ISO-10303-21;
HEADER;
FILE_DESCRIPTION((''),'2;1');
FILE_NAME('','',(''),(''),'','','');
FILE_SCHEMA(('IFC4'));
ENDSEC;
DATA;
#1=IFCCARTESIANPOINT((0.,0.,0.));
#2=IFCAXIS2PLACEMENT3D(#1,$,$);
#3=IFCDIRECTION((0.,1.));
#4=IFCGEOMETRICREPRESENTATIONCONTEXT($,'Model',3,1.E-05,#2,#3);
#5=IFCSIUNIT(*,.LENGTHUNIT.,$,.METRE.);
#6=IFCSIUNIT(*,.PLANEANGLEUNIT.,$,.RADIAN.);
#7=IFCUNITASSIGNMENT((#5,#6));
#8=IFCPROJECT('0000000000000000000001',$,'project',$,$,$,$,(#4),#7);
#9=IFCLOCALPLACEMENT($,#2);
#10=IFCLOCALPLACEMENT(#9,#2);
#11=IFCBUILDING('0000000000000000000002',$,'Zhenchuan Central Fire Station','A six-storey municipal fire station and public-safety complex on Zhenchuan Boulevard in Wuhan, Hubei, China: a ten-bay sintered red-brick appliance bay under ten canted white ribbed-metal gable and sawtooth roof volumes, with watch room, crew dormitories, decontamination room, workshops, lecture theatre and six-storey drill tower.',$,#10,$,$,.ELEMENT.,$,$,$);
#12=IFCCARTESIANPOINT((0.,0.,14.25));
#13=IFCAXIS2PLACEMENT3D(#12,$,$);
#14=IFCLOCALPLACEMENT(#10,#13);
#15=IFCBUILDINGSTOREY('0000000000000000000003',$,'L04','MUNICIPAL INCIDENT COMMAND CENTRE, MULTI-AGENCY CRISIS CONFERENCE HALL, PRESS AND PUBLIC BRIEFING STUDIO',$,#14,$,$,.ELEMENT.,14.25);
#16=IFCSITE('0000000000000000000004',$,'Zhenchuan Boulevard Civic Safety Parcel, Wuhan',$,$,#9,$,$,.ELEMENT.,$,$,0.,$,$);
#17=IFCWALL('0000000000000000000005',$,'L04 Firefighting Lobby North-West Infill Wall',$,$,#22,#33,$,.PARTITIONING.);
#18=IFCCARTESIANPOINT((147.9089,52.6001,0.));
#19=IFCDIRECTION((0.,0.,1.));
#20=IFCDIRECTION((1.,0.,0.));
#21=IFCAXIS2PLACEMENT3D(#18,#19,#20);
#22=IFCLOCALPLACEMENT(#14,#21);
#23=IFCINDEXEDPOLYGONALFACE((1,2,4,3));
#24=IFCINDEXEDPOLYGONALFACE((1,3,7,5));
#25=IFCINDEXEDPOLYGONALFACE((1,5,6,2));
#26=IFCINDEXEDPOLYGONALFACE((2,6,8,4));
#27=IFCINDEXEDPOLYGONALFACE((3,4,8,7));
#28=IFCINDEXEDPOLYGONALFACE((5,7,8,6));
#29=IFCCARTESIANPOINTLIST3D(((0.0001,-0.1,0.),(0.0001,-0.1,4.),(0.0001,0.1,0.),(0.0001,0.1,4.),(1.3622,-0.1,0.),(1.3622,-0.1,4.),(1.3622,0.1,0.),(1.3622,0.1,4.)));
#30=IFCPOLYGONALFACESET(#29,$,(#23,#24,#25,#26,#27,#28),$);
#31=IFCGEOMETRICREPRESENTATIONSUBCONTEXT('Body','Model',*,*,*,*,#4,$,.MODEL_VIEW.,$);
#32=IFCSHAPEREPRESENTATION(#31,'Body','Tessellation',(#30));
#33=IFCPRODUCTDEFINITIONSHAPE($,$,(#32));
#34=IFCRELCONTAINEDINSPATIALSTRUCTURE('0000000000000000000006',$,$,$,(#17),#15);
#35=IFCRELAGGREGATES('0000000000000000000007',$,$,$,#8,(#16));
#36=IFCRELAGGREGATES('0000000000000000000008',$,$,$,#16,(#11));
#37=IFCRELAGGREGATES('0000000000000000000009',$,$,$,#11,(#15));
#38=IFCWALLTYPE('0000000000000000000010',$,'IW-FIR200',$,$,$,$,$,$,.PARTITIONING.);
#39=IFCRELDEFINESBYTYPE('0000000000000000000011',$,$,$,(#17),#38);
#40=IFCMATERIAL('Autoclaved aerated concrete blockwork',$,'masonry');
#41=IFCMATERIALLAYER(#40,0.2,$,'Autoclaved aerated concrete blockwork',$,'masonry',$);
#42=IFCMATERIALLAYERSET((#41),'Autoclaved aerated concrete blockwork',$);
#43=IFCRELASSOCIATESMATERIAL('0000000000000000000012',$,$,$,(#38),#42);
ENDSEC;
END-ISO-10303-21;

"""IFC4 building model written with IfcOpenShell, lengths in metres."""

from ifc_helpers import new_model, si_unit, direction, frame, frame_2d, origin, place, context, subcontext, project, spatial, rectangle, extrude, material, layer, layer_set, type_object, element, save


model = new_model("IFC4")

# Units and contexts
model_context = context("Model", 3, precision=1e-05, world=origin(), true_north=direction((0.0, 1.0)))
body_context = subcontext(model_context, "Body", "Model", "MODEL_VIEW")
ifc_project = project(units=[si_unit("LENGTHUNIT", "METRE"), si_unit("PLANEANGLEUNIT", "RADIAN")], contexts=[model_context])

# Site, building, storey
site_placement = place(None, origin())
site = spatial("IfcSite", under=ifc_project, at=site_placement, Name="Zhenchuan Boulevard Civic Safety Parcel, Wuhan", CompositionType="ELEMENT", RefElevation=0.0)
building_placement = place(site_placement, origin())
building = spatial("IfcBuilding", under=site, at=building_placement, Name="Zhenchuan Central Fire Station", Description="A six-storey municipal fire station and public-safety complex on Zhenchuan Boulevard in Wuhan, Hubei, China: a ten-bay sintered red-brick appliance bay under ten canted white ribbed-metal gable and sawtooth roof volumes, with watch room, crew dormitories, decontamination room, workshops, lecture theatre and six-storey drill tower.", CompositionType="ELEMENT")
storey_placement = place(building_placement, frame((0.0, 0.0, 14.25)))
storey = spatial("IfcBuildingStorey", under=building, at=storey_placement, Name="L04", Description="MUNICIPAL INCIDENT COMMAND CENTRE, MULTI-AGENCY CRISIS CONFERENCE HALL, PRESS AND PUBLIC BRIEFING STUDIO", CompositionType="ELEMENT", Elevation=14.25)

# Wall
ifc_material_1 = material(Name="Autoclaved aerated concrete blockwork", Category="masonry")
ifc_layer_1 = layer(ifc_material_1, 0.2, Name="Autoclaved aerated concrete blockwork", Category="masonry")
ifc_layer_set_1 = layer_set([ifc_layer_1], Name="Autoclaved aerated concrete blockwork")
wall_type_1 = type_object("IfcWallType", Name="IW-FIR200", PredefinedType="PARTITIONING", material=ifc_layer_set_1)
wall_1_placement = place(storey_placement, frame((147.9089, 52.6001, 0.0), z_axis=(0.0, 0.0, 1.0), x_axis=(1.0, 0.0, 0.0)))
element("IfcWall", 1, at=wall_1_placement, inside=storey, type_object=wall_type_1, Name="L04 Firefighting Lobby North-West Infill Wall", PredefinedType="PARTITIONING", context=body_context, shape_type="SweptSolid", body=[
    extrude(rectangle(XDim=1.3621, YDim=0.2, at=frame_2d((0.6812, 0.0))), origin(), (0.0, 0.0, 1.0), 4.0),
])

save(model, "model.ifc")
